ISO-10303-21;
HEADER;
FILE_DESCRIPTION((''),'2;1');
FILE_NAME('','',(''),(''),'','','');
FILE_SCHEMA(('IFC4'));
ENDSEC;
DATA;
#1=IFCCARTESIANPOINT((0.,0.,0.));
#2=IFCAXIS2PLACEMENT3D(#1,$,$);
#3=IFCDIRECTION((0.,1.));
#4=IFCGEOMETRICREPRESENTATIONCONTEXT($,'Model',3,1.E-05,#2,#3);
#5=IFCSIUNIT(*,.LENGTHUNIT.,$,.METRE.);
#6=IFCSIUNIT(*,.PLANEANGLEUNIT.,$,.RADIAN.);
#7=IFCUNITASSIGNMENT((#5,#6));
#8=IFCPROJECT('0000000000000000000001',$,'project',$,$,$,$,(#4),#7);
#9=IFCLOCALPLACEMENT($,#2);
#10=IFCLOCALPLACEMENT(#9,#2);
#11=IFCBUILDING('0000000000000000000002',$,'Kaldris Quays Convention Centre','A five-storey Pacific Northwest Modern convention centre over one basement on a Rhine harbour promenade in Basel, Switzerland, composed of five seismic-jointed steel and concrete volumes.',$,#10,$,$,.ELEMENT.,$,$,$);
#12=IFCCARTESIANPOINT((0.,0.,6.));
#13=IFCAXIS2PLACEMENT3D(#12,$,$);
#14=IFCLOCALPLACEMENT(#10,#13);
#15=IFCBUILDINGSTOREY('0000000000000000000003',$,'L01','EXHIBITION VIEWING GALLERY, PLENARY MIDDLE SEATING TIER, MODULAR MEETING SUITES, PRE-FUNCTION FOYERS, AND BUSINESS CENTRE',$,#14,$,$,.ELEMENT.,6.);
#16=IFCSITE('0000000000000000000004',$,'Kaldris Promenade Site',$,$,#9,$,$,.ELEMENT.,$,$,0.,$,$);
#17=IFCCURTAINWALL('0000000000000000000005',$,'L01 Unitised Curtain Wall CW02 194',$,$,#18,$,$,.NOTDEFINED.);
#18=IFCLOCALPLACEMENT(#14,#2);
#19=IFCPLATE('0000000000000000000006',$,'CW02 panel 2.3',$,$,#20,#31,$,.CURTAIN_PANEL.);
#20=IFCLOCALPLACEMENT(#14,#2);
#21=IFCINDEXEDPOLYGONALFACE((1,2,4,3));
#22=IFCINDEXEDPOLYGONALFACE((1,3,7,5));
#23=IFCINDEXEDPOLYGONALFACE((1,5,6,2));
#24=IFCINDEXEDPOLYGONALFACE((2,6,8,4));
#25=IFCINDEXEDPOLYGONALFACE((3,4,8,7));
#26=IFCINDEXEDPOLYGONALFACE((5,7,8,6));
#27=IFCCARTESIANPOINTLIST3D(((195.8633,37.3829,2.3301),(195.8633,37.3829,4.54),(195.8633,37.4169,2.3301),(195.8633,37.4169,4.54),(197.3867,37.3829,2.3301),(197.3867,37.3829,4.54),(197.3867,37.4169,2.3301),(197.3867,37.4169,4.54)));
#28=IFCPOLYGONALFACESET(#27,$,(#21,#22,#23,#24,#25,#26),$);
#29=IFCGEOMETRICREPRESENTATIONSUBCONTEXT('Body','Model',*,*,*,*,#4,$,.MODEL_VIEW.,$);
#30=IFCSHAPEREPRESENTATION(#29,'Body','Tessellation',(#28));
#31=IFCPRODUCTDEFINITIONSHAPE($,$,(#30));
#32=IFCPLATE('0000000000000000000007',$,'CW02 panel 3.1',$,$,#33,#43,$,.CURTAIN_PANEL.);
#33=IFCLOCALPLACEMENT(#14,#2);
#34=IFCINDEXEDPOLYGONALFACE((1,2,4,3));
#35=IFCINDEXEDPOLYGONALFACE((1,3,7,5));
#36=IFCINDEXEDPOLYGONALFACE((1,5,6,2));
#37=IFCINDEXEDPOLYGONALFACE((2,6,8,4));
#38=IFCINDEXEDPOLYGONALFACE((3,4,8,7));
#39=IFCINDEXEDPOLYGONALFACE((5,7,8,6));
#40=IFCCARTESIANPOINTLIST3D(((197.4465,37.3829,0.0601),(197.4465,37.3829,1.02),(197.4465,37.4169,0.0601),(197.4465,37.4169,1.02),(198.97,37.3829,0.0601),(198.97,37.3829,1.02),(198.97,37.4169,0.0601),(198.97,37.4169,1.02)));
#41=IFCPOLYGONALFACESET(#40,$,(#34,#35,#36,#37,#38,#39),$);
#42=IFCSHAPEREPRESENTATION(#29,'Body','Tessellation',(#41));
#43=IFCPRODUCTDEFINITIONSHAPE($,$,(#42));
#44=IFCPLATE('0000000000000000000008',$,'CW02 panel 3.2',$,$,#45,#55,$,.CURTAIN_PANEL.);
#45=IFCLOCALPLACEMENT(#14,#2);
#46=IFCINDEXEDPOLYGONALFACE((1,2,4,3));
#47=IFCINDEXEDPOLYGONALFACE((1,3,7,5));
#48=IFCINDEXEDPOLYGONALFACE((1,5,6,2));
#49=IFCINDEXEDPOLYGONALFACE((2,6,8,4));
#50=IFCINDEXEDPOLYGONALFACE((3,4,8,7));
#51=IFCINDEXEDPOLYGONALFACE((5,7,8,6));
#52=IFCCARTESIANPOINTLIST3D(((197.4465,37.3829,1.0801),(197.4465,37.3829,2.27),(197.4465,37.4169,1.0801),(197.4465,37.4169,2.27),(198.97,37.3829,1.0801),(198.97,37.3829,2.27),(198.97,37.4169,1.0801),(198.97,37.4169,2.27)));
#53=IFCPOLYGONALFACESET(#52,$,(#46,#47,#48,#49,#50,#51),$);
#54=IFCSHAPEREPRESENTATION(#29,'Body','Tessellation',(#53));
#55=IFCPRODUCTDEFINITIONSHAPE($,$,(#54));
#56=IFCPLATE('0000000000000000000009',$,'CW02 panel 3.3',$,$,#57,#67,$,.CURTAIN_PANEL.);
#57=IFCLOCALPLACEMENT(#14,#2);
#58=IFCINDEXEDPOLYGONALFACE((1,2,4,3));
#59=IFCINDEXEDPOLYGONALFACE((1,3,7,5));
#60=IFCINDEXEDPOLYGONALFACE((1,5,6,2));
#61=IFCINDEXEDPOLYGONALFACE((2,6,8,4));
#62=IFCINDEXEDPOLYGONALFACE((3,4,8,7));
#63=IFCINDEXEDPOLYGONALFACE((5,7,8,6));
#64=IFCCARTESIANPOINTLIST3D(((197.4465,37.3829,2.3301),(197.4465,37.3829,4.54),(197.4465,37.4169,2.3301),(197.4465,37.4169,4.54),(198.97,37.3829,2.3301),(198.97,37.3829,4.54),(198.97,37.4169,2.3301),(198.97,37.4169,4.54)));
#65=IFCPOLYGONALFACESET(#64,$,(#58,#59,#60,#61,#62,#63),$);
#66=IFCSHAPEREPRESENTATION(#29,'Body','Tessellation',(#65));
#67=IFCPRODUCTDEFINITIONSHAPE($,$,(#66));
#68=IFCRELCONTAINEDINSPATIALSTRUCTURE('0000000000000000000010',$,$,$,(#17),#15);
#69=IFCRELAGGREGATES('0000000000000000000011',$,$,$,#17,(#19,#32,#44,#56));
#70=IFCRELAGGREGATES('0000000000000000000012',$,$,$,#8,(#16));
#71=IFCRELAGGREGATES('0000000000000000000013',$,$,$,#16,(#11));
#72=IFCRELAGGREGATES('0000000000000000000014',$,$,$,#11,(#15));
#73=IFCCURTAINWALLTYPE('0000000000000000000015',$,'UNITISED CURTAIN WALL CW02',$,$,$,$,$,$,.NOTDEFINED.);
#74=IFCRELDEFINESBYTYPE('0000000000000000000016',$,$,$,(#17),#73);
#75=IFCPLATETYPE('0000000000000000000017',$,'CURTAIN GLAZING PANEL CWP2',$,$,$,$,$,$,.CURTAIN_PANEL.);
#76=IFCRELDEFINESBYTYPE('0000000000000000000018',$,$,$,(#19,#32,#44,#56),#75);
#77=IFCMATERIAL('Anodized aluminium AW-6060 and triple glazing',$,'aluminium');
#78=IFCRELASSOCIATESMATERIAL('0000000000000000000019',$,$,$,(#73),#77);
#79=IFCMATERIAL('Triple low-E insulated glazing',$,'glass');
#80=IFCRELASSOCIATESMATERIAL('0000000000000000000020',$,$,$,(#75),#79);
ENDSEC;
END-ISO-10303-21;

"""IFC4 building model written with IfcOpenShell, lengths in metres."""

from ifc_helpers import new_model, si_unit, direction, frame, origin, origin_2d, place, context, subcontext, project, spatial, rectangle, extrude, material, type_object, element, aggregate, save


model = new_model("IFC4")

# Units and contexts
model_context = context("Model", 3, precision=1e-05, world=origin(), true_north=direction((0.0, 1.0)))
body_context = subcontext(model_context, "Body", "Model", "MODEL_VIEW")
ifc_project = project(units=[si_unit("LENGTHUNIT", "METRE"), si_unit("PLANEANGLEUNIT", "RADIAN")], contexts=[model_context])

# Site, building, storey
site_placement = place(None, origin())
site = spatial("IfcSite", under=ifc_project, at=site_placement, Name="Kaldris Promenade Site", CompositionType="ELEMENT", RefElevation=0.0)
building_placement = place(site_placement, origin())
building = spatial("IfcBuilding", under=site, at=building_placement, Name="Kaldris Quays Convention Centre", Description="A five-storey Pacific Northwest Modern convention centre over one basement on a Rhine harbour promenade in Basel, Switzerland, composed of five seismic-jointed steel and concrete volumes.", CompositionType="ELEMENT")
storey_placement = place(building_placement, frame((0.0, 0.0, 6.0)))
storey = spatial("IfcBuildingStorey", under=building, at=storey_placement, Name="L01", Description="EXHIBITION VIEWING GALLERY, PLENARY MIDDLE SEATING TIER, MODULAR MEETING SUITES, PRE-FUNCTION FOYERS, AND BUSINESS CENTRE", CompositionType="ELEMENT", Elevation=6.0)

# Curtain wall
ifc_material_1 = material(Name="Anodized aluminium AW-6060 and triple glazing", Category="aluminium")
curtain_wall_type = type_object("IfcCurtainWallType", Name="UNITISED CURTAIN WALL CW02", PredefinedType="NOTDEFINED", material=ifc_material_1)
curtain_wall_placement = place(storey_placement, origin())
curtain_wall = element("IfcCurtainWall", 1, at=curtain_wall_placement, inside=storey, type_object=curtain_wall_type, Name="L01 Unitised Curtain Wall CW02 194", PredefinedType="NOTDEFINED")

# Plates
ifc_material_2 = material(Name="Triple low-E insulated glazing", Category="glass")
plate_type = type_object("IfcPlateType", Name="CURTAIN GLAZING PANEL CWP2", PredefinedType="CURTAIN_PANEL", material=ifc_material_2)
plate_1_placement = place(storey_placement, frame((196.625, 37.3999, 2.3301), z_axis=(0.0, 0.0, 1.0), x_axis=(1.0, 0.0, 0.0)))
plate_1 = element("IfcPlate", 2, at=plate_1_placement, type_object=plate_type, Name="CW02 panel 2.3", PredefinedType="CURTAIN_PANEL", context=body_context, shape_type="SweptSolid", body=[
    extrude(rectangle(XDim=1.5234, YDim=0.0339, at=origin_2d()), origin(), (0.0, 0.0, 1.0), 2.21),
])
plate_2_placement = place(storey_placement, frame((198.2083, 37.3999, 0.0601), z_axis=(0.0, 0.0, 1.0), x_axis=(1.0, 0.0, 0.0)))
plate_2 = element("IfcPlate", 3, at=plate_2_placement, type_object=plate_type, Name="CW02 panel 3.1", PredefinedType="CURTAIN_PANEL", context=body_context, shape_type="SweptSolid", body=[
    extrude(rectangle(XDim=1.5234, YDim=0.0339, at=origin_2d()), origin(), (0.0, 0.0, 1.0), 0.96),
])
plate_3_placement = place(storey_placement, frame((198.2083, 37.3999, 1.0801), z_axis=(0.0, 0.0, 1.0), x_axis=(1.0, 0.0, 0.0)))
plate_3 = element("IfcPlate", 4, at=plate_3_placement, type_object=plate_type, Name="CW02 panel 3.2", PredefinedType="CURTAIN_PANEL", context=body_context, shape_type="SweptSolid", body=[
    extrude(rectangle(XDim=1.5234, YDim=0.0339, at=origin_2d()), origin(), (0.0, 0.0, 1.0), 1.1899),
])
plate_4_placement = place(storey_placement, frame((198.2083, 37.3999, 2.3301), z_axis=(0.0, 0.0, 1.0), x_axis=(1.0, 0.0, 0.0)))
plate_4 = element("IfcPlate", 5, at=plate_4_placement, type_object=plate_type, Name="CW02 panel 3.3", PredefinedType="CURTAIN_PANEL", context=body_context, shape_type="SweptSolid", body=[
    extrude(rectangle(XDim=1.5234, YDim=0.0339, at=origin_2d()), origin(), (0.0, 0.0, 1.0), 2.21),
])
aggregate(curtain_wall, [plate_1, plate_2, plate_3, plate_4])

save(model, "model.ifc")
